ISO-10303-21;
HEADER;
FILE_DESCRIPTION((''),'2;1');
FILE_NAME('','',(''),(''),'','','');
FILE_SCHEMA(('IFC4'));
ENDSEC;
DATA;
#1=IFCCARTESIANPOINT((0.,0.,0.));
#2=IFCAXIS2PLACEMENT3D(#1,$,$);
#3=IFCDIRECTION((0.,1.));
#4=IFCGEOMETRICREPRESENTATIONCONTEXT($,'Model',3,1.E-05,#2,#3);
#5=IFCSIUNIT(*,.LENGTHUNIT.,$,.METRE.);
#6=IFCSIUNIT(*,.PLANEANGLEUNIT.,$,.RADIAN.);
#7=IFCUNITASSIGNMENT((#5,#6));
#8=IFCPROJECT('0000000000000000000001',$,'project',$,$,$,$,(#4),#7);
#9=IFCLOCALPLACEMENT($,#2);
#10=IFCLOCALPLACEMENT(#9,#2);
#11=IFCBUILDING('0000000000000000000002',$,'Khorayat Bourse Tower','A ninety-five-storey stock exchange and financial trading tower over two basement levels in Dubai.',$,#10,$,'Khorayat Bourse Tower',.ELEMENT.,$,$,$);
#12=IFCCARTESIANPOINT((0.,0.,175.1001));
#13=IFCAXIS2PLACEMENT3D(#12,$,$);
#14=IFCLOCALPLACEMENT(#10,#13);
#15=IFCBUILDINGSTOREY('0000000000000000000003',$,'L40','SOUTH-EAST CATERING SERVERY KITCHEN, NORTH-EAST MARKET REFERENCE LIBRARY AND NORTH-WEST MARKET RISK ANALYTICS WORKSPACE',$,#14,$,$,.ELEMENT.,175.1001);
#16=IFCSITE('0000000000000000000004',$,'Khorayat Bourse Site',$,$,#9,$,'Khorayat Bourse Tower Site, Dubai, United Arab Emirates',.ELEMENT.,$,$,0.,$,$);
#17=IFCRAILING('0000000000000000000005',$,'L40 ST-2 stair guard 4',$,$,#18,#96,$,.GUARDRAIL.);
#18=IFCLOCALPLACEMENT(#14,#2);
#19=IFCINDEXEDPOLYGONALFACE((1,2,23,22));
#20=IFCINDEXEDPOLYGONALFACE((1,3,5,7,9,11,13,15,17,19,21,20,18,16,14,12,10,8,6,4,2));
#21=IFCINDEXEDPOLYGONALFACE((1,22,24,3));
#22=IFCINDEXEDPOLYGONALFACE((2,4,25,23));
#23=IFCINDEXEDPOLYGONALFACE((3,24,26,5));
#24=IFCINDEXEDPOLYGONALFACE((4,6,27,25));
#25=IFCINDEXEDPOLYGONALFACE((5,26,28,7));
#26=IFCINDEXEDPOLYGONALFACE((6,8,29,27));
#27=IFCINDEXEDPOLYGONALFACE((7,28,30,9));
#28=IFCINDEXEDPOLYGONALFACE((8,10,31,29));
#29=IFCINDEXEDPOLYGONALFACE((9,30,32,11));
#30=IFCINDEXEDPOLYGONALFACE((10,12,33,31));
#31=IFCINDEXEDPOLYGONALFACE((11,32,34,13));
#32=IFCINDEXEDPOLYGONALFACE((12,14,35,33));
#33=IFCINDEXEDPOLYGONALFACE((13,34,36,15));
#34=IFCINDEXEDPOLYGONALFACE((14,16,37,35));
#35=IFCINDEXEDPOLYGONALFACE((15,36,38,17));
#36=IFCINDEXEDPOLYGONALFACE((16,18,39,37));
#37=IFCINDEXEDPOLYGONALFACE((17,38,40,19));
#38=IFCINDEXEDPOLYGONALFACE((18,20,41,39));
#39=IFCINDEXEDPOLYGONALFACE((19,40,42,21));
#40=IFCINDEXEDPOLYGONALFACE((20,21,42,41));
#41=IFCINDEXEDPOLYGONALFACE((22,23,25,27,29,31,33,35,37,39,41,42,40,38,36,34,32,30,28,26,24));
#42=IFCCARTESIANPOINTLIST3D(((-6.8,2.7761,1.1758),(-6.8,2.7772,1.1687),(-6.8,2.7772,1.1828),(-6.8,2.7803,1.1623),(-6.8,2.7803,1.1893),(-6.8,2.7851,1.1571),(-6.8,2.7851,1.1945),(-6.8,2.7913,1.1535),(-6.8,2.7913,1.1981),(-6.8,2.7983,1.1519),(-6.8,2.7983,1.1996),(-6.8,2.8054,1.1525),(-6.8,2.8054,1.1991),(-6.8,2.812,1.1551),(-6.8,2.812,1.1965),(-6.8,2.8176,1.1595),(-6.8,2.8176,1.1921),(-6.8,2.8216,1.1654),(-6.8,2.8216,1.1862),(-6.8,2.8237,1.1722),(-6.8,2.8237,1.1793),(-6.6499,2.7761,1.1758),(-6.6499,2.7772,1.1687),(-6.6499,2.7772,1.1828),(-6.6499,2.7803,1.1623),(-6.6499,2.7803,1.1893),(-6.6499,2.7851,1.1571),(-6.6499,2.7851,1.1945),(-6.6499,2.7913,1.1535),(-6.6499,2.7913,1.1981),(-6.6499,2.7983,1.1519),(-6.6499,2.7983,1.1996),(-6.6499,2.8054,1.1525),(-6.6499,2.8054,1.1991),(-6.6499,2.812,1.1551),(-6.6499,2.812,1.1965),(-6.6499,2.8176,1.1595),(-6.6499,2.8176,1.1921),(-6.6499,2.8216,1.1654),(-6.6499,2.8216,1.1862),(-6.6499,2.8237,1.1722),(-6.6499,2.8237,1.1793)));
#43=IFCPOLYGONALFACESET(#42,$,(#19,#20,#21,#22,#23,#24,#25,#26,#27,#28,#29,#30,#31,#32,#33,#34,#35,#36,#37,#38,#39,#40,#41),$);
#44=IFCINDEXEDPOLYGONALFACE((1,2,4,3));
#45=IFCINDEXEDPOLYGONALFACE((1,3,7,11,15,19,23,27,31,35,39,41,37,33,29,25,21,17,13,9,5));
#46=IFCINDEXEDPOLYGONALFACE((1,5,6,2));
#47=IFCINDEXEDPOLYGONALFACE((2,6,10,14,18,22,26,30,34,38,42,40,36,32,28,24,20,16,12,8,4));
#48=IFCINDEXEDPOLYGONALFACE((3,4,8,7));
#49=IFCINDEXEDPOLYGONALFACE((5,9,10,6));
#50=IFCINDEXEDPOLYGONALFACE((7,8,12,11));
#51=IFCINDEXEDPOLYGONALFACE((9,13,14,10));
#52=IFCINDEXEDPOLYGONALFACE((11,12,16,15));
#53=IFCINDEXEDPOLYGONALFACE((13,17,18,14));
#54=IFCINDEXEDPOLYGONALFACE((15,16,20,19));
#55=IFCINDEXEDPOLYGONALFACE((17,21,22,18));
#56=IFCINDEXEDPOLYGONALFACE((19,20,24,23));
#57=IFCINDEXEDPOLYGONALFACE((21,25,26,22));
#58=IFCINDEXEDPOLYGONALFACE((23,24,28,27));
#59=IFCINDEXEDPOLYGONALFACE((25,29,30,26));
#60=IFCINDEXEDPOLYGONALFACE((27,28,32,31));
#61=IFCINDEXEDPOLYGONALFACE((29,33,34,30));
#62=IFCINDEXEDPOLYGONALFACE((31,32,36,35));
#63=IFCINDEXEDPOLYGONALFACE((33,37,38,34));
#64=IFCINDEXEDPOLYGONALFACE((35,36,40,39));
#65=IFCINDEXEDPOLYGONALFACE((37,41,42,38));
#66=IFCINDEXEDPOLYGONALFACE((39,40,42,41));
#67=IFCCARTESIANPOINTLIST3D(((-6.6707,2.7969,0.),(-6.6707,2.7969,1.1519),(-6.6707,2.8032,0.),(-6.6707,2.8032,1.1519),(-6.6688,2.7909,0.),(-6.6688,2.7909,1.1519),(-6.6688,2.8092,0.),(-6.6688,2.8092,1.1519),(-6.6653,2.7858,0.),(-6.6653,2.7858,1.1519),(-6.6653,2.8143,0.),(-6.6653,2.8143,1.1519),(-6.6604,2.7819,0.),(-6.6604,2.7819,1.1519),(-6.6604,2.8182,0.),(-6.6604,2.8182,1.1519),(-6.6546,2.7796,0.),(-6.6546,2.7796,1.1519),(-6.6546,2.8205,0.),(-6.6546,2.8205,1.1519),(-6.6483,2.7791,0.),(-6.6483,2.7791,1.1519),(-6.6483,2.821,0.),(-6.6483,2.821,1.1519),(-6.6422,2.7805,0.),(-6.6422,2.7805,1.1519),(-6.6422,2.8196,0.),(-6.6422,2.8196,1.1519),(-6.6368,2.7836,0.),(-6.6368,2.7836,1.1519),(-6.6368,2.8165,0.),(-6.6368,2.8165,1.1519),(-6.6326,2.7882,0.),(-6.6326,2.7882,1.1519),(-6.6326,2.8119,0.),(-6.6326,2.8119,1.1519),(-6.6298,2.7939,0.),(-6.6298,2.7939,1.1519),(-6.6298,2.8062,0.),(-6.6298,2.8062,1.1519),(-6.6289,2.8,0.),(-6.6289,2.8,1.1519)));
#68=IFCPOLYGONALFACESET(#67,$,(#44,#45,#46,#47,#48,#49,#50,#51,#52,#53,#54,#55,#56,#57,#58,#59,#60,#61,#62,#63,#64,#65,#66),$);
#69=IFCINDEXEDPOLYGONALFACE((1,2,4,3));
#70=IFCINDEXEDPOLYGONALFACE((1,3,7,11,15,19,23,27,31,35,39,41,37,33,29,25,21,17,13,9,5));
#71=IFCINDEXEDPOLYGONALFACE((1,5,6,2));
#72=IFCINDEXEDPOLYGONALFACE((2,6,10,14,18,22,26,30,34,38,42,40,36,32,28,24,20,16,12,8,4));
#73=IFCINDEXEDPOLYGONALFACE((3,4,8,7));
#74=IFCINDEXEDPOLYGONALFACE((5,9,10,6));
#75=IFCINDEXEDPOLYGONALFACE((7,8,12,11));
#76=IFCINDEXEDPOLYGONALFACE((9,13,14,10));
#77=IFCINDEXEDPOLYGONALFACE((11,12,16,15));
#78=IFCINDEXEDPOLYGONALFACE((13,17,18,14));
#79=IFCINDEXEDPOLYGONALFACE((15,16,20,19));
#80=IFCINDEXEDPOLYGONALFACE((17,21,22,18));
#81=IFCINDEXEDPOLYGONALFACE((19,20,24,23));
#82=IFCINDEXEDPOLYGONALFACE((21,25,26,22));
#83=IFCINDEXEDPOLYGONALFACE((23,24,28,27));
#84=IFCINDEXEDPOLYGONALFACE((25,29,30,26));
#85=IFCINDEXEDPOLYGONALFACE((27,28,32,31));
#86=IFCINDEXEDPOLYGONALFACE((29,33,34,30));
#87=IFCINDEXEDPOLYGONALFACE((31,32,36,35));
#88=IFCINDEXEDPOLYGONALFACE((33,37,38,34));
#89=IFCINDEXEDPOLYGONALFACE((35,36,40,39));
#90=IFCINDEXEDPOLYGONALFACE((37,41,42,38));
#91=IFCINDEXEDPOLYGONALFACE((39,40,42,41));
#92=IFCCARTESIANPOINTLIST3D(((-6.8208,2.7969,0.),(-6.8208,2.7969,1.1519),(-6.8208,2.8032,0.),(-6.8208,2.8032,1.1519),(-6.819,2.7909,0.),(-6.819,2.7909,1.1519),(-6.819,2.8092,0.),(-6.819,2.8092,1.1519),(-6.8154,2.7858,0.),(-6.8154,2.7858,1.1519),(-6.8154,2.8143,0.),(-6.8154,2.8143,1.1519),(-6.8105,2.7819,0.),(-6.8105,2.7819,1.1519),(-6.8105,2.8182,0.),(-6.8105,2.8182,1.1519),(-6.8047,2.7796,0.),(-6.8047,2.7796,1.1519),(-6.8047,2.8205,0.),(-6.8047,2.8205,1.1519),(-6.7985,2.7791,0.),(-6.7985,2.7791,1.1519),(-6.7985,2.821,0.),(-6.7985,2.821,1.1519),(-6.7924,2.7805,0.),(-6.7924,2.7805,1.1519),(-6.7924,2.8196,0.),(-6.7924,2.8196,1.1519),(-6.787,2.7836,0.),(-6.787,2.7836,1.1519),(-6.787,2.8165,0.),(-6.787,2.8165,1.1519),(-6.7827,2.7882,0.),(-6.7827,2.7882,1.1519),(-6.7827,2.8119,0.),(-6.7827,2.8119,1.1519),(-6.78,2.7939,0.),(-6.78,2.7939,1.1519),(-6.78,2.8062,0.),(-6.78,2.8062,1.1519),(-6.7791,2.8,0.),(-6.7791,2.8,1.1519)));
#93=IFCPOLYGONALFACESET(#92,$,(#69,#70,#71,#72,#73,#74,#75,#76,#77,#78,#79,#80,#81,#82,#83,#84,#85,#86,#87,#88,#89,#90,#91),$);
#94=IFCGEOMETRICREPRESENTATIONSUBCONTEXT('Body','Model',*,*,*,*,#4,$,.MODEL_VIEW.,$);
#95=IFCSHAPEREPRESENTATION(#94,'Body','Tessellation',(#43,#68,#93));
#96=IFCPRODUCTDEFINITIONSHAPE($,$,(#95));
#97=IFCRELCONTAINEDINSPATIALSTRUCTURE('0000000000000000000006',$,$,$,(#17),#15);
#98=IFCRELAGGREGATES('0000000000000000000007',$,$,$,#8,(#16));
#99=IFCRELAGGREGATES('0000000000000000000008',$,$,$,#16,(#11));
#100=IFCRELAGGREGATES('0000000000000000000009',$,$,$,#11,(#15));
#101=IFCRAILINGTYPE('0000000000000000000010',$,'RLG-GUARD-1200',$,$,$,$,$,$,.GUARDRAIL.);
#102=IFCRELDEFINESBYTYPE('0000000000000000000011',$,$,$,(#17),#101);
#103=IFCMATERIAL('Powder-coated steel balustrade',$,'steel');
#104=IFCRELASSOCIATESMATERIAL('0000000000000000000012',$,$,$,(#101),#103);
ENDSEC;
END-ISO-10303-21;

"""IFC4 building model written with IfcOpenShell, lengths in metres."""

from ifc_helpers import new_model, si_unit, direction, frame, origin, origin_2d, place, context, subcontext, project, spatial, circle, extrude, source, transform, mapped, material, type_object, element, save


model = new_model("IFC4")

# Units and contexts
model_context = context("Model", 3, precision=1e-05, world=origin(), true_north=direction((0.0, 1.0)))
body_context = subcontext(model_context, "Body", "Model", "MODEL_VIEW")
ifc_project = project(units=[si_unit("LENGTHUNIT", "METRE"), si_unit("PLANEANGLEUNIT", "RADIAN")], contexts=[model_context])

# Site, building, storey
site_placement = place(None, origin())
site = spatial("IfcSite", under=ifc_project, at=site_placement, Name="Khorayat Bourse Site", LongName="Khorayat Bourse Tower Site, Dubai, United Arab Emirates", CompositionType="ELEMENT", RefElevation=0.0)
building_placement = place(site_placement, origin())
building = spatial("IfcBuilding", under=site, at=building_placement, Name="Khorayat Bourse Tower", Description="A ninety-five-storey stock exchange and financial trading tower over two basement levels in Dubai.", LongName="Khorayat Bourse Tower", CompositionType="ELEMENT")
storey_placement = place(building_placement, frame((0.0, 0.0, 175.1001)))
storey = spatial("IfcBuildingStorey", under=building, at=storey_placement, Name="L40", Description="SOUTH-EAST CATERING SERVERY KITCHEN, NORTH-EAST MARKET REFERENCE LIBRARY AND NORTH-WEST MARKET RISK ANALYTICS WORKSPACE", CompositionType="ELEMENT", Elevation=175.1001)

# Railing
ifc_material_1 = material(Name="Powder-coated steel balustrade", Category="steel")
railing_type_1 = type_object("IfcRailingType", Name="RLG-GUARD-1200", PredefinedType="GUARDRAIL", material=ifc_material_1)
shared_shape_1 = source(origin(), body_context, "Body", "SweptSolid", [
    extrude(circle(Radius=0.0239, at=origin_2d()), frame((0.0, 0.0, 1.1758), z_axis=(-1.0, 0.0, 0.0), x_axis=(0.0, -1.0, 0.0)), (0.0, 0.0, 1.0), 0.1501),
    extrude(circle(Radius=0.021, at=origin_2d()), origin(), (0.0, 0.0, 1.0), 1.1519),
    extrude(circle(Radius=0.021, at=origin_2d()), frame((-0.1501, 0.0, 0.0)), (0.0, 0.0, 1.0), 1.1519),
])
for number, where, name in (
    (1, (-6.6499, 2.8, 0.0), "L40 ST-2 stair guard 4"),
):
    element("IfcRailing", number, at=place(storey_placement, frame(where)), inside=storey, type_object=railing_type_1, Name=name, PredefinedType="GUARDRAIL", context=body_context, shape_type="MappedRepresentation", body=[
        mapped(shared_shape_1, transform((0.0, 0.0, 0.0), scale=1.0)),
    ])

save(model, "model.ifc")
